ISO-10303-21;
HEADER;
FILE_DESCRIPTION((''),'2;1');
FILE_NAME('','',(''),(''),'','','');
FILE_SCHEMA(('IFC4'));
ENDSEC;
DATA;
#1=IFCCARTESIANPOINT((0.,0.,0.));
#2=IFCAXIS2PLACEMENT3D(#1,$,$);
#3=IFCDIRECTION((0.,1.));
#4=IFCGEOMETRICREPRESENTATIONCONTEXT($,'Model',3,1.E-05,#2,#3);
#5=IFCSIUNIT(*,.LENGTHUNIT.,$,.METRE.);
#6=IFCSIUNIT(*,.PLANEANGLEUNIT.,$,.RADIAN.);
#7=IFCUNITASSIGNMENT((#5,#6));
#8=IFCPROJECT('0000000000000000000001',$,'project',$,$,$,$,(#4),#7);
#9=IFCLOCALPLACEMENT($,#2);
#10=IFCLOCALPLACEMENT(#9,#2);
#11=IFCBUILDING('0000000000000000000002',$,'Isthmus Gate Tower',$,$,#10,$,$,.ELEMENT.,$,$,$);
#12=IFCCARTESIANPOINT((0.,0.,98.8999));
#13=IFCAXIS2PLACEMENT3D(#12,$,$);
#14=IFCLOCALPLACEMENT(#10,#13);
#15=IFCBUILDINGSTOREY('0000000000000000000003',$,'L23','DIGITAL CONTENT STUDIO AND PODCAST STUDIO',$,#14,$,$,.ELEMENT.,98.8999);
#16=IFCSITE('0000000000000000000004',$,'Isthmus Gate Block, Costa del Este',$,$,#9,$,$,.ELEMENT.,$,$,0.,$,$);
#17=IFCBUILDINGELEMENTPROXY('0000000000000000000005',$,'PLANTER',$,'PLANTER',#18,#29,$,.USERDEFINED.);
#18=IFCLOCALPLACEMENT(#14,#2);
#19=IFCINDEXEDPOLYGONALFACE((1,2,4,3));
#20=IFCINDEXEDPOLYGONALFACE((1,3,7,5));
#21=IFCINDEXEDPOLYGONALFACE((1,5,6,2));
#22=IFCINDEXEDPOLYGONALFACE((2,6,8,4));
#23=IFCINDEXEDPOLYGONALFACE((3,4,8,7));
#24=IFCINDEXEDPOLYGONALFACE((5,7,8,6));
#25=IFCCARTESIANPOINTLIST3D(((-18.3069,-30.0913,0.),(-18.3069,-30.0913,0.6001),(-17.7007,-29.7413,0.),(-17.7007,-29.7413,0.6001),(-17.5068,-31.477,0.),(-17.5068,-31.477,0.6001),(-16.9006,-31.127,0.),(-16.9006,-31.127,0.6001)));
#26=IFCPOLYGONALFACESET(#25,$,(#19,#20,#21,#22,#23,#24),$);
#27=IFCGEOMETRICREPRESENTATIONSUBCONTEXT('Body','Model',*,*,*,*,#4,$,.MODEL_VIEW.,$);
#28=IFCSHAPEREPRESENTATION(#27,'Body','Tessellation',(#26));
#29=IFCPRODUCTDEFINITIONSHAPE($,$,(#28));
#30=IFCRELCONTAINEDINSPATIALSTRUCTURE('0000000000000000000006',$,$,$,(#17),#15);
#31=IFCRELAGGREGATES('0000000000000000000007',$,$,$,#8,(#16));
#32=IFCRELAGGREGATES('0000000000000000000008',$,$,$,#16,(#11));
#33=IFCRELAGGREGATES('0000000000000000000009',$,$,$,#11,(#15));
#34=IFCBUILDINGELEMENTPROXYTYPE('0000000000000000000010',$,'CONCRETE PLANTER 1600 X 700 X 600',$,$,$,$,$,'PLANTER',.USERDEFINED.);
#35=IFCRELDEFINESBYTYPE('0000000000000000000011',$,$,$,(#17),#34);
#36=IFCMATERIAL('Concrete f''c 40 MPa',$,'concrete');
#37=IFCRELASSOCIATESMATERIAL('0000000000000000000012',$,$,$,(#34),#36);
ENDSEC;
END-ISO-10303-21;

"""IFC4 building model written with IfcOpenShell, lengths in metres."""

from ifc_helpers import new_model, si_unit, direction, frame, origin, origin_2d, place, context, subcontext, project, spatial, rectangle, extrude, material, type_object, element, save


model = new_model("IFC4")

# Units and contexts
model_context = context("Model", 3, precision=1e-05, world=origin(), true_north=direction((0.0, 1.0)))
body_context = subcontext(model_context, "Body", "Model", "MODEL_VIEW")
ifc_project = project(units=[si_unit("LENGTHUNIT", "METRE"), si_unit("PLANEANGLEUNIT", "RADIAN")], contexts=[model_context])

# Site, building, storey
site_placement = place(None, origin())
site = spatial("IfcSite", under=ifc_project, at=site_placement, Name="Isthmus Gate Block, Costa del Este", CompositionType="ELEMENT", RefElevation=0.0)
building_placement = place(site_placement, origin())
building = spatial("IfcBuilding", under=site, at=building_placement, Name="Isthmus Gate Tower", CompositionType="ELEMENT")
storey_placement = place(building_placement, frame((0.0, 0.0, 98.8999)))
storey = spatial("IfcBuildingStorey", under=building, at=storey_placement, Name="L23", Description="DIGITAL CONTENT STUDIO AND PODCAST STUDIO", CompositionType="ELEMENT", Elevation=98.8999)

# Building element proxy
ifc_material_1 = material(Name="Concrete f'c 40 MPa", Category="concrete")
building_element_proxy_type = type_object("IfcBuildingElementProxyType", Name="CONCRETE PLANTER 1600 X 700 X 600", ElementType="PLANTER", PredefinedType="USERDEFINED", material=ifc_material_1)
for number, where, z_axis, x_axis, name in (
    (1, (-17.6038, -30.6091, 0.0), (0.0, 0.0, 1.0), (0.5, -0.866025, 0.0), "PLANTER"),
):
    element("IfcBuildingElementProxy", number, at=place(storey_placement, frame(where, z_axis=z_axis, x_axis=x_axis)), inside=storey, type_object=building_element_proxy_type, Name=name, ObjectType="PLANTER", PredefinedType="USERDEFINED", context=body_context, shape_type="SweptSolid", body=[
        extrude(rectangle(XDim=1.6001, YDim=0.7, at=origin_2d()), origin(), (0.0, 0.0, 1.0), 0.6001),
    ])

save(model, "model.ifc")
